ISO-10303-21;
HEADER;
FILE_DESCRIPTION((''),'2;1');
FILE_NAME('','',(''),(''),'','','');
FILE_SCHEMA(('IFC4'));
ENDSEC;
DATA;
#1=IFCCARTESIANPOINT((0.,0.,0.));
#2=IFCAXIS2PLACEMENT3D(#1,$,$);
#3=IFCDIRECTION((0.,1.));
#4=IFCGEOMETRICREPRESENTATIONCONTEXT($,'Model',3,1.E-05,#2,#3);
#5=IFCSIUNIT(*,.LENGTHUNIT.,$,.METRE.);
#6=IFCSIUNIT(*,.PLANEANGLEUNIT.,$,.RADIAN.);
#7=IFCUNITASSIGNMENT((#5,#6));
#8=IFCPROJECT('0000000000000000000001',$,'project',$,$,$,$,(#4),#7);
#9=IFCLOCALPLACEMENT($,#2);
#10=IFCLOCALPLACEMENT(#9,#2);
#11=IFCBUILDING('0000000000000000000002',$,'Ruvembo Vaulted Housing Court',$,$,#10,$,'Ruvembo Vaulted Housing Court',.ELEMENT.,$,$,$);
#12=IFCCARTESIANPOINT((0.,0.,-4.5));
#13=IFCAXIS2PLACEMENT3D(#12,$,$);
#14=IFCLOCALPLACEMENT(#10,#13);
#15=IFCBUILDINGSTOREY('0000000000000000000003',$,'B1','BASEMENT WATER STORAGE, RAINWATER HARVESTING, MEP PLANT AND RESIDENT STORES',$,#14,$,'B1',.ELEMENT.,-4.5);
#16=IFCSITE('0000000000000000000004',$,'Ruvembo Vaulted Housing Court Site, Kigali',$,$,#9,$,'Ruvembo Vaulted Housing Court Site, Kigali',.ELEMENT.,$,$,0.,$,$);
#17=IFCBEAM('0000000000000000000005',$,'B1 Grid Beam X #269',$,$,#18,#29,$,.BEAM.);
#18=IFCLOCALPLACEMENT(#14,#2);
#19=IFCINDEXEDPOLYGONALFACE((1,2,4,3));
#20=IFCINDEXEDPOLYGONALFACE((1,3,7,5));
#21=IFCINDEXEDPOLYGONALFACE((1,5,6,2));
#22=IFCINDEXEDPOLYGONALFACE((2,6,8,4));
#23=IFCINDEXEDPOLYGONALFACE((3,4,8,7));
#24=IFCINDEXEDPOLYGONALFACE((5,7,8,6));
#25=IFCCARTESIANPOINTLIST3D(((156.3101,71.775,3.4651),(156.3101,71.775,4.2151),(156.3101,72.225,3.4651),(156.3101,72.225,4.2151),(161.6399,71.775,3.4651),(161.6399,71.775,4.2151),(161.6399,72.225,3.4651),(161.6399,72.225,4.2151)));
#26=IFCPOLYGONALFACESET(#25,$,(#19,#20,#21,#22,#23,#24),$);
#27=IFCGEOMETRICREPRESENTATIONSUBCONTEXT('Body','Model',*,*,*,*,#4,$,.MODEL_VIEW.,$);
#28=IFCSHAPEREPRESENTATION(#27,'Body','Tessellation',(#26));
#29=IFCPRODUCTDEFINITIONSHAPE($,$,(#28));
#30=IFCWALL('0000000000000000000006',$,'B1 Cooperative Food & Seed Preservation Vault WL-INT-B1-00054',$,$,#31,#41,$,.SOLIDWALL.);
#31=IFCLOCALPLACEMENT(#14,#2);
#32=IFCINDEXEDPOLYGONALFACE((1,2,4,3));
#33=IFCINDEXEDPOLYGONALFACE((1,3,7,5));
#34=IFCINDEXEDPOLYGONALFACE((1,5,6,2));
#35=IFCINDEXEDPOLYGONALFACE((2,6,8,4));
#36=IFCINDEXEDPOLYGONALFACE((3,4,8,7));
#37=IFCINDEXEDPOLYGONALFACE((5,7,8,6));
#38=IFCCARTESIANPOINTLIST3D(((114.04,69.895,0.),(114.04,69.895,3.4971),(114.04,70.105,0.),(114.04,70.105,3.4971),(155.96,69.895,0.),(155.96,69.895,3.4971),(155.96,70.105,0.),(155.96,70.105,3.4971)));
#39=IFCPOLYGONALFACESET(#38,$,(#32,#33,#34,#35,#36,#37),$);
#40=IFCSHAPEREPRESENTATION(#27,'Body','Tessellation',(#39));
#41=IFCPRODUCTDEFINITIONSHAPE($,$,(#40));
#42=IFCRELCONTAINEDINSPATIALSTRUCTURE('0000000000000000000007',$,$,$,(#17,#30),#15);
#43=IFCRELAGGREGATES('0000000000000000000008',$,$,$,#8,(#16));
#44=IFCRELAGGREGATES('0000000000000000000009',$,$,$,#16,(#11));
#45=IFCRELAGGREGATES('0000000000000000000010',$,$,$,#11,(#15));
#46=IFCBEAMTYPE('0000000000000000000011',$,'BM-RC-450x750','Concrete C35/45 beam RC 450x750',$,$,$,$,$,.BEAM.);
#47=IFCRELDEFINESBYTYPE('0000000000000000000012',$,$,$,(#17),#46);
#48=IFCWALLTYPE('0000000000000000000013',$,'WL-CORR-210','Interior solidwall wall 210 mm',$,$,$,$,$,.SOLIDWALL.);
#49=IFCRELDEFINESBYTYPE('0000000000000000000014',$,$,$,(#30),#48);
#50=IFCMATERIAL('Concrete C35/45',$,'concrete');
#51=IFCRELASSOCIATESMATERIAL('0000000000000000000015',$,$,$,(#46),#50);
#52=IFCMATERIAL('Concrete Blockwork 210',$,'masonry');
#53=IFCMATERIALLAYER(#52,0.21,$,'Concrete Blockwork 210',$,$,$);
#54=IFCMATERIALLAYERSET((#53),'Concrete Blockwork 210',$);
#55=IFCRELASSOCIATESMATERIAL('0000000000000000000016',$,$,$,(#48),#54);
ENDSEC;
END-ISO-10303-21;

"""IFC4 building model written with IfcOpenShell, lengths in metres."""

from ifc_helpers import new_model, si_unit, direction, frame, frame_2d, origin, origin_2d, place, context, subcontext, project, spatial, rectangle, extrude, material, layer, layer_set, material_profile, profile_set, type_object, element, save


model = new_model("IFC4")

# Units and contexts
model_context = context("Model", 3, precision=1e-05, world=origin(), true_north=direction((0.0, 1.0)))
body_context = subcontext(model_context, "Body", "Model", "MODEL_VIEW")
ifc_project = project(units=[si_unit("LENGTHUNIT", "METRE"), si_unit("PLANEANGLEUNIT", "RADIAN")], contexts=[model_context])

# Site, building, storey
site_placement = place(None, origin())
site = spatial("IfcSite", under=ifc_project, at=site_placement, Name="Ruvembo Vaulted Housing Court Site, Kigali", LongName="Ruvembo Vaulted Housing Court Site, Kigali", CompositionType="ELEMENT", RefElevation=0.0)
building_placement = place(site_placement, origin())
building = spatial("IfcBuilding", under=site, at=building_placement, Name="Ruvembo Vaulted Housing Court", LongName="Ruvembo Vaulted Housing Court", CompositionType="ELEMENT")
storey_placement = place(building_placement, frame((0.0, 0.0, -4.5)))
storey = spatial("IfcBuildingStorey", under=building, at=storey_placement, Name="B1", Description="BASEMENT WATER STORAGE, RAINWATER HARVESTING, MEP PLANT AND RESIDENT STORES", LongName="B1", CompositionType="ELEMENT", Elevation=-4.5)

# Shared definitions
ifc_material_1 = material(Name="Concrete C35/45", Category="concrete")

# Beam
ifc_material_profile_1 = material_profile(ifc_material_1, rectangle(XDim=0.45, YDim=0.75, at=origin_2d()), Name="RC 450x750")
ifc_profile_set_1 = profile_set([ifc_material_profile_1], Name="Concrete C35/45")
beam_type_1 = type_object("IfcBeamType", Name="BM-RC-450x750", Description="Concrete C35/45 beam RC 450x750", PredefinedType="BEAM", material=ifc_profile_set_1)
beam_1_placement = place(storey_placement, frame((156.3101, 72.0, 3.8401), z_axis=(1.0, 0.0, 0.0), x_axis=(0.0, 1.0, 0.0)))
element("IfcBeam", 1, at=beam_1_placement, inside=storey, type_object=beam_type_1, Name="B1 Grid Beam X #269", PredefinedType="BEAM", context=body_context, shape_type="SweptSolid", body=[
    extrude(rectangle(XDim=0.45, YDim=0.75, at=origin_2d()), origin(), (0.0, 0.0, 1.0), 5.3298),
])

# Wall
ifc_material_2 = material(Name="Concrete Blockwork 210", Category="masonry")
ifc_layer = layer(ifc_material_2, 0.21, Name="Concrete Blockwork 210")
ifc_layer_set = layer_set([ifc_layer], Name="Concrete Blockwork 210")
wall_type = type_object("IfcWallType", Name="WL-CORR-210", Description="Interior solidwall wall 210 mm", PredefinedType="SOLIDWALL", material=ifc_layer_set)
wall_placement = place(storey_placement, frame((155.96, 70.0, 0.0), z_axis=(0.0, 0.0, 1.0), x_axis=(-1.0, 0.0, 0.0)))
element("IfcWall", 2, at=wall_placement, inside=storey, type_object=wall_type, Name="B1 Cooperative Food & Seed Preservation Vault WL-INT-B1-00054", PredefinedType="SOLIDWALL", context=body_context, shape_type="SweptSolid", body=[
    extrude(rectangle(XDim=41.9199, YDim=0.21, at=frame_2d((20.96, 0.0))), origin(), (0.0, 0.0, 1.0), 3.4971),
])

save(model, "model.ifc")
